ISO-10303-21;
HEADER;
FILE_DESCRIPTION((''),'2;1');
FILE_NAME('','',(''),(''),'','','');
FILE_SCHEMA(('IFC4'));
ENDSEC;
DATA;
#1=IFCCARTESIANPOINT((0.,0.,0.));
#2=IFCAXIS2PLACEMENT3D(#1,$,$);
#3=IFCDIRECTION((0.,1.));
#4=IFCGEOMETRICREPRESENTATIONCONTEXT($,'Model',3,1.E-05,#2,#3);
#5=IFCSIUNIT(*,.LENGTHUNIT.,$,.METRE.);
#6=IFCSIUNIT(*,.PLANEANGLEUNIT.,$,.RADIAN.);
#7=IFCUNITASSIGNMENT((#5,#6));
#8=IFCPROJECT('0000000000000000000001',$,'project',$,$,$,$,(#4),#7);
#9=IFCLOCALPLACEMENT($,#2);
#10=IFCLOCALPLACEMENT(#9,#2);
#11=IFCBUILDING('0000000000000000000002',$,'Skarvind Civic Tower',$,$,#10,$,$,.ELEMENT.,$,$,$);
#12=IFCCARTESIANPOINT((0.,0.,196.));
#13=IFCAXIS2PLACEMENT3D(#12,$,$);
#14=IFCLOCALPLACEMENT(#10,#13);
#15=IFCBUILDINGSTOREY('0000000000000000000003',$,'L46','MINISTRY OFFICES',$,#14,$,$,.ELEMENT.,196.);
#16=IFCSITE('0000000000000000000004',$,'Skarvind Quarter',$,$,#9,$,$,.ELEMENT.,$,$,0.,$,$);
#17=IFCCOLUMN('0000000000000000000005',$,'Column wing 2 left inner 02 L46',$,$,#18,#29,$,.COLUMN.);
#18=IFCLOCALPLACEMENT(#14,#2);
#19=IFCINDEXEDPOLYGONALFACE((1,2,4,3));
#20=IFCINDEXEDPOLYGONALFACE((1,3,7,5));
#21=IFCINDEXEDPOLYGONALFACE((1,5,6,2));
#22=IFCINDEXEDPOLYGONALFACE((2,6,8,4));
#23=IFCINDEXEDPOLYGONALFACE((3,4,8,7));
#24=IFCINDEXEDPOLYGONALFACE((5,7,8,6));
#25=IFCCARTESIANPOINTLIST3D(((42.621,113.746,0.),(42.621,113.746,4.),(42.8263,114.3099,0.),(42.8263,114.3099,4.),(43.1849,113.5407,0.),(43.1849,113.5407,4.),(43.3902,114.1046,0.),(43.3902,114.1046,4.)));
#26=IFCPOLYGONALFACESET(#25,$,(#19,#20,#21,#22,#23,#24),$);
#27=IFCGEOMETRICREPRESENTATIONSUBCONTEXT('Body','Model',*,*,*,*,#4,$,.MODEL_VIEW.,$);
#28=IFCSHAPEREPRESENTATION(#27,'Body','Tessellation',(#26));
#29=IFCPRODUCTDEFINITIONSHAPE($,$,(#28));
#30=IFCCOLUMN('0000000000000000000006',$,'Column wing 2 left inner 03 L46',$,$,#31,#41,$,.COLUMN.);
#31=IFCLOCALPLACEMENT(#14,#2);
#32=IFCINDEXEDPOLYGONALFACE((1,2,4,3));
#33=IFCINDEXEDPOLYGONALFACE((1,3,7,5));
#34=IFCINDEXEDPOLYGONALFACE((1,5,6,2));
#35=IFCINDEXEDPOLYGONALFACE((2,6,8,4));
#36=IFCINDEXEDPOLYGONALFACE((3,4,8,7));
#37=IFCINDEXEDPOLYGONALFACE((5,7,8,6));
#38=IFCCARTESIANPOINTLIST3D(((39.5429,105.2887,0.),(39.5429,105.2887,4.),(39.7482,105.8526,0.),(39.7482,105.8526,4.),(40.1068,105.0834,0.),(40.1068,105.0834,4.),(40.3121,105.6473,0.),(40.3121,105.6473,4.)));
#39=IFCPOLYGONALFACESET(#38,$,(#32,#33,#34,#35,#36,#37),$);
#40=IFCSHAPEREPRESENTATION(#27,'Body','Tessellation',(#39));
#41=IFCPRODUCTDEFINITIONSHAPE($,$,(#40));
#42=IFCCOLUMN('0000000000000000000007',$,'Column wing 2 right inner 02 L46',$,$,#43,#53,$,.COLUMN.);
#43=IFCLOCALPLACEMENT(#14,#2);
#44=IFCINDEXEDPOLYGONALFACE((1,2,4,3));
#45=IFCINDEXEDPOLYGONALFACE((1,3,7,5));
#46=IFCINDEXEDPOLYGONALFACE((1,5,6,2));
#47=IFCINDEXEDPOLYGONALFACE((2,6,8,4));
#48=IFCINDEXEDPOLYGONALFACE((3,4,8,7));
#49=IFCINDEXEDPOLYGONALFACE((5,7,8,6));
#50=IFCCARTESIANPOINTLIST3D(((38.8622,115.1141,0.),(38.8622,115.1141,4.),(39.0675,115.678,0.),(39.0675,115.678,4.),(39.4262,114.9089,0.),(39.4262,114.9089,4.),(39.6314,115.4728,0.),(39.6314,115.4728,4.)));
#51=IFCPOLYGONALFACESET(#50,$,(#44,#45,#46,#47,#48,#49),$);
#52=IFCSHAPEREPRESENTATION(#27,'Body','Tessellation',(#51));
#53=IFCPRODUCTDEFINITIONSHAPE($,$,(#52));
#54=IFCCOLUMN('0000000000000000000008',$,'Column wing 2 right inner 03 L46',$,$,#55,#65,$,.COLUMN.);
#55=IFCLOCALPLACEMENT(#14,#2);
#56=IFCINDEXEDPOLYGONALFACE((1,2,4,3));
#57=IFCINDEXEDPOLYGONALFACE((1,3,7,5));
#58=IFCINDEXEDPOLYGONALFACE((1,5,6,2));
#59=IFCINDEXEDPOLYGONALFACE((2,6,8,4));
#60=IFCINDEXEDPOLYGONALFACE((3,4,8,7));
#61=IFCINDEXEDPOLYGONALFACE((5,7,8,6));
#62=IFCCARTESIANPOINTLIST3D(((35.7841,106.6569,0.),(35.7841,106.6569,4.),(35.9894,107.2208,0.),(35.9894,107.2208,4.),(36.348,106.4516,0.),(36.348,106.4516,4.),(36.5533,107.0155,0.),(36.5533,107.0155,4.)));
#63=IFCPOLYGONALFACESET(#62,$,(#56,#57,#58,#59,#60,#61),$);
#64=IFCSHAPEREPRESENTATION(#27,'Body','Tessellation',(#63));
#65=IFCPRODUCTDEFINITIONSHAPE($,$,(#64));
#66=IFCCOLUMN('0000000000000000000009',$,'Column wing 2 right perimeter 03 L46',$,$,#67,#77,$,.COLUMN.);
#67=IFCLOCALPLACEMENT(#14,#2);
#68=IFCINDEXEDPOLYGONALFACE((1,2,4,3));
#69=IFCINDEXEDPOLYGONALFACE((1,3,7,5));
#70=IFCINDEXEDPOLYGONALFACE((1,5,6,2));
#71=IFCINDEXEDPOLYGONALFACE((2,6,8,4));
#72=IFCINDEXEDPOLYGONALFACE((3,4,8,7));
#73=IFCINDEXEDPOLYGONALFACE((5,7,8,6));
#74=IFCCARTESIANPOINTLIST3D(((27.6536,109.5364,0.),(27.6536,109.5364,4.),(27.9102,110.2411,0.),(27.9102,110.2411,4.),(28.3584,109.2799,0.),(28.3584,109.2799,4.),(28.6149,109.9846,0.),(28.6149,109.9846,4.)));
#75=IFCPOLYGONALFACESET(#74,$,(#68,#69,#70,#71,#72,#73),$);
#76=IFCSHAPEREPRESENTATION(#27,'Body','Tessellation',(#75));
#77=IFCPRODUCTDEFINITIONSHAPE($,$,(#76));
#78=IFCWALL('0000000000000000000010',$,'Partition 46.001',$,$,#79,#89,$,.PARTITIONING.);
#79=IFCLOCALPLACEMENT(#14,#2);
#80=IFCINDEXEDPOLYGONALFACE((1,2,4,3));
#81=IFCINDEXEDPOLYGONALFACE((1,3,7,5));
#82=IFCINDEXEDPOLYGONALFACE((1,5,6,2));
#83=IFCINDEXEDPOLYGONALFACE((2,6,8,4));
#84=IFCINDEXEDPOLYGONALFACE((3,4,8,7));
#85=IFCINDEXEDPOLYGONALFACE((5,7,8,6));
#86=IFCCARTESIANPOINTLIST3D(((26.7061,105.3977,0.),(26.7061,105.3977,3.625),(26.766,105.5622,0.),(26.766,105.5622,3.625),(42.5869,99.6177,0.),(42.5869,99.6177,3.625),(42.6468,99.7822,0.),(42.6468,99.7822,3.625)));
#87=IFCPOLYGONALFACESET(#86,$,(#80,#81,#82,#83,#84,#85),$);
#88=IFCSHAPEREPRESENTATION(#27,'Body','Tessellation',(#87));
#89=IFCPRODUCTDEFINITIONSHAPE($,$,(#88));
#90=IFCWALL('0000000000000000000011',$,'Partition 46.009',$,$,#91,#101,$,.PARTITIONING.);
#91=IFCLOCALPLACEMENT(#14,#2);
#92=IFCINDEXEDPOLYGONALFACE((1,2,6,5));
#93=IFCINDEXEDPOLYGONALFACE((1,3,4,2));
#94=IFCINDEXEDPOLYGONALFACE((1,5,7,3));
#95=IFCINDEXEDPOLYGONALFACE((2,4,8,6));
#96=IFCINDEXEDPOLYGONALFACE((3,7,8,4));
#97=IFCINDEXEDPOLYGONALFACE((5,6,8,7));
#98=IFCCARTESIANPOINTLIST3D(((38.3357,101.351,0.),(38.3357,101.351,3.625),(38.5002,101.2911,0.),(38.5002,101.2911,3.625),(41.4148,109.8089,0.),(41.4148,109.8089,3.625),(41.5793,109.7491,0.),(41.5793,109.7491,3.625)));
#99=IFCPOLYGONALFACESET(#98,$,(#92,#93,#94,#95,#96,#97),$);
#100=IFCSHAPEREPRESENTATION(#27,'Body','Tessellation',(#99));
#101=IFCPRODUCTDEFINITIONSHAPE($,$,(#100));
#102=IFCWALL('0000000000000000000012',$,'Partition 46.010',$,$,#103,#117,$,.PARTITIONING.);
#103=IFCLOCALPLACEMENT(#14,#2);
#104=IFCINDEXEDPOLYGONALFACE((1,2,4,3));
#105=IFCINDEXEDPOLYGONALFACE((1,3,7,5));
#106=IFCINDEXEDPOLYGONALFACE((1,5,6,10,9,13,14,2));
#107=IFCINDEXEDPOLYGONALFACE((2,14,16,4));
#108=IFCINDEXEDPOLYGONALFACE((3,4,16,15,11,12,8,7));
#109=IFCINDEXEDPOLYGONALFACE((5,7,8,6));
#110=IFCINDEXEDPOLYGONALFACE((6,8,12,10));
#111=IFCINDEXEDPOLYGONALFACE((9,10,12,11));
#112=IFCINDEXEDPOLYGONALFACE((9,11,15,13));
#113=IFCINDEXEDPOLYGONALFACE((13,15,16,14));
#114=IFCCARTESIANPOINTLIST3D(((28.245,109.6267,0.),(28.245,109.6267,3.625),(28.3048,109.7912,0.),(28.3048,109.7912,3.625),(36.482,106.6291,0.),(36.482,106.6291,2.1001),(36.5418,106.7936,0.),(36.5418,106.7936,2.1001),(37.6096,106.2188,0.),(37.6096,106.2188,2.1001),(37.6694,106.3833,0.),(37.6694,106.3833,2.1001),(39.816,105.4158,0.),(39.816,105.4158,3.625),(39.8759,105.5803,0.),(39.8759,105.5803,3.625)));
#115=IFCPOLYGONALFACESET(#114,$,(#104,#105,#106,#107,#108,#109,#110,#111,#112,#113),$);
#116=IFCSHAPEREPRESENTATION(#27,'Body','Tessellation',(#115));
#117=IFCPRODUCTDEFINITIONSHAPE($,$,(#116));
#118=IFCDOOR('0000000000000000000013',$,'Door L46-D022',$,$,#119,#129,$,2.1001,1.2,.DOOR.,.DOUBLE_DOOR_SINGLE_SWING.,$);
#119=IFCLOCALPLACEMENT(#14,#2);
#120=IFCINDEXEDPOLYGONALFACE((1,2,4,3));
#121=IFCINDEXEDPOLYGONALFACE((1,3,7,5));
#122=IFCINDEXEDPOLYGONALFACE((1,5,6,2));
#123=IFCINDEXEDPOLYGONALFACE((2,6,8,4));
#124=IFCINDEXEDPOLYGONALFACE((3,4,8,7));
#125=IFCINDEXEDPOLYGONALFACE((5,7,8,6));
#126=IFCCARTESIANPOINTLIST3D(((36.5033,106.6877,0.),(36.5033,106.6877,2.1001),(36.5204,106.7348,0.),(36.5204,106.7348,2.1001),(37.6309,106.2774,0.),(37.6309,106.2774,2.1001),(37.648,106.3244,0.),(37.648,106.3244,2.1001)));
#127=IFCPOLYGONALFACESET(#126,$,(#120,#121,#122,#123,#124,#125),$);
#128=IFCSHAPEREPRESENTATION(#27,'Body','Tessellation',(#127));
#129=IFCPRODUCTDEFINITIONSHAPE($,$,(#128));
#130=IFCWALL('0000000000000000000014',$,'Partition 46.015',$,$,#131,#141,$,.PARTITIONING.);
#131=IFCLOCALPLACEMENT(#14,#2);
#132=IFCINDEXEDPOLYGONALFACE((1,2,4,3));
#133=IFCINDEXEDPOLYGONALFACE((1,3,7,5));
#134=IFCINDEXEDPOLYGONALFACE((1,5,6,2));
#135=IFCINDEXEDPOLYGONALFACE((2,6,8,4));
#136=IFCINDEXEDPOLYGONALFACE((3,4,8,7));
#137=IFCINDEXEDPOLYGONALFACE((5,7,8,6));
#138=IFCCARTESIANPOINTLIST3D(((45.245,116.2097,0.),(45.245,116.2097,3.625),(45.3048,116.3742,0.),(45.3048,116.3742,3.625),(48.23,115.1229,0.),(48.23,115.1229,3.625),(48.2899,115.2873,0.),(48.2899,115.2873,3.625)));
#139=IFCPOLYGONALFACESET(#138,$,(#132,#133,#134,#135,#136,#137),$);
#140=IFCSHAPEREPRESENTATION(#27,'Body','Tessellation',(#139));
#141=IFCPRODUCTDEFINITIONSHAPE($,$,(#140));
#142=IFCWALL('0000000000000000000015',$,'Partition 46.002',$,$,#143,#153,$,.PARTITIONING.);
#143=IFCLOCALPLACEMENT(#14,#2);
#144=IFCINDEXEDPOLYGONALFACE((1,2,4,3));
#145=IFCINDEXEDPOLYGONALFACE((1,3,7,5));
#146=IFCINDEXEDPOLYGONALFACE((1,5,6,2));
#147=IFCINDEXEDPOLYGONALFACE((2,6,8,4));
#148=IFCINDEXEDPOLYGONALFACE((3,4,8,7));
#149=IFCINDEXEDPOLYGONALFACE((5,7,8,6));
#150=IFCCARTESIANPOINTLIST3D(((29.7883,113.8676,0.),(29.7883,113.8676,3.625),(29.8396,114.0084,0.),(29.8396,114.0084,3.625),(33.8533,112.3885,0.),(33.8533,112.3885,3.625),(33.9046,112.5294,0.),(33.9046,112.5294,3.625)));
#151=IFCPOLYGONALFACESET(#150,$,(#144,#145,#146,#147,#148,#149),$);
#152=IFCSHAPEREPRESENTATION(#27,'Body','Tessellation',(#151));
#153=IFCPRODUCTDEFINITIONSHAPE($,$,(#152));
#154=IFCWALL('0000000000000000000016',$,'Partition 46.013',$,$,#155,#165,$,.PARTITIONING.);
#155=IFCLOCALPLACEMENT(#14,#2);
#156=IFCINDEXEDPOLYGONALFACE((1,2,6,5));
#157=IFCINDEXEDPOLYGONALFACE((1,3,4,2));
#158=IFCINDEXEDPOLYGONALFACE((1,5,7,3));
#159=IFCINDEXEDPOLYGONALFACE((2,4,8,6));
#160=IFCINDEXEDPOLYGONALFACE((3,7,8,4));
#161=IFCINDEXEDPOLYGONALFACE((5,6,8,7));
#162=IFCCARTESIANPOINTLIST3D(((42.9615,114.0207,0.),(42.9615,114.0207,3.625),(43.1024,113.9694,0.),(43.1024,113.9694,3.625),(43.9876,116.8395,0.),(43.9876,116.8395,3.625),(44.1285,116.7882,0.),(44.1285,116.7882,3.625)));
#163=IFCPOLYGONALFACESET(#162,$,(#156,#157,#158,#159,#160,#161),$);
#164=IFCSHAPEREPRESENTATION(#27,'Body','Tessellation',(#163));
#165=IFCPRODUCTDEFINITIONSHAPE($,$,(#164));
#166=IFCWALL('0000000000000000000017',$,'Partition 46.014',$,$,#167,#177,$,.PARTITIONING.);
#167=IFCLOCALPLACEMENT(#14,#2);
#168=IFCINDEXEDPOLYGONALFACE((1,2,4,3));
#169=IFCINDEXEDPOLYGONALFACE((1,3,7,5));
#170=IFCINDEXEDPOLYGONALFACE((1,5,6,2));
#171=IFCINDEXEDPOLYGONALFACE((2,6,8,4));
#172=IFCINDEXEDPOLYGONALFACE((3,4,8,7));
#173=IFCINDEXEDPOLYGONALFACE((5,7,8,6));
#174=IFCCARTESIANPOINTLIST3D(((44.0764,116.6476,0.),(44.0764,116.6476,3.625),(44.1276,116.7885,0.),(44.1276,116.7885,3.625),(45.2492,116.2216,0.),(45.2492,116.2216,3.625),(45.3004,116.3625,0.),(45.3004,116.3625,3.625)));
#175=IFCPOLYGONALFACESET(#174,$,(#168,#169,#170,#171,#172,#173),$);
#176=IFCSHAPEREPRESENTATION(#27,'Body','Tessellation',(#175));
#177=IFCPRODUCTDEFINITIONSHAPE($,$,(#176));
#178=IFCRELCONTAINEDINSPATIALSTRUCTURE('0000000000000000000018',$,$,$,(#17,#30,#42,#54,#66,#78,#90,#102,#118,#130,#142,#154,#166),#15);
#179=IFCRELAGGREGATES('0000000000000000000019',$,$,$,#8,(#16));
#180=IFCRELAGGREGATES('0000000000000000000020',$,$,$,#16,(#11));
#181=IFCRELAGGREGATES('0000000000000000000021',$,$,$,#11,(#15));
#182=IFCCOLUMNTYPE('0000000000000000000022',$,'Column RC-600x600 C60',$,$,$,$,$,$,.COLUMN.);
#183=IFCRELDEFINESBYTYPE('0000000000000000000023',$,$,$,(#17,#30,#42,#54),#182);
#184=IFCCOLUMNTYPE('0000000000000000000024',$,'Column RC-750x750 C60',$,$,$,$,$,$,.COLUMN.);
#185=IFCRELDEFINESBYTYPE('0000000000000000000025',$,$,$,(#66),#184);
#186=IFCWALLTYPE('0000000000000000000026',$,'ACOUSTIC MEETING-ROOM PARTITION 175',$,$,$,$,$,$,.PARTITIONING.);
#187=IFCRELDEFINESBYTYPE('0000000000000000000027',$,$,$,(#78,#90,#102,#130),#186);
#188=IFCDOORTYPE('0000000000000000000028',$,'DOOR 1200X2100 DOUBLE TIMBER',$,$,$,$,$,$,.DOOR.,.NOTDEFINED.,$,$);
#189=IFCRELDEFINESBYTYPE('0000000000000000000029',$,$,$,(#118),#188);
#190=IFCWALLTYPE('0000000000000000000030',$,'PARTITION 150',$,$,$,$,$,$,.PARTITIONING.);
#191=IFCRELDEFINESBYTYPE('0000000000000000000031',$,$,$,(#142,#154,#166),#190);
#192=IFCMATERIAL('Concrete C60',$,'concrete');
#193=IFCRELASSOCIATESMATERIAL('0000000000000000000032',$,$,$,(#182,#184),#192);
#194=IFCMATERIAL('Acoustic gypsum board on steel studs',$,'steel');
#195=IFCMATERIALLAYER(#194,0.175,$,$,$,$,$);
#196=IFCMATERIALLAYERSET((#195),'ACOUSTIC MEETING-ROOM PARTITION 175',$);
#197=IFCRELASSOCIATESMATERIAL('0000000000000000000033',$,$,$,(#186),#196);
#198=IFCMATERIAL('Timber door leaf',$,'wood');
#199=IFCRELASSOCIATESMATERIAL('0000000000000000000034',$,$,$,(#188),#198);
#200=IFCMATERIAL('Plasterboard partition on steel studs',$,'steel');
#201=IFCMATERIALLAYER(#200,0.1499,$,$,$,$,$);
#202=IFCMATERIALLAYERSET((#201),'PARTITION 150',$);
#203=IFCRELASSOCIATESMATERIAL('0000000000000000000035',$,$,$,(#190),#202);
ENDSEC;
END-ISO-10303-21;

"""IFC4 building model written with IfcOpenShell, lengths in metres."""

from ifc_helpers import new_model, si_unit, direction, frame, frame_2d, origin, origin_2d, place, context, subcontext, project, spatial, rectangle, extrude, material, layer, layer_set, material_profile, profile_set, type_object, element, fill, save


model = new_model("IFC4")

# Units and contexts
model_context = context("Model", 3, precision=1e-05, world=origin(), true_north=direction((0.0, 1.0)))
body_context = subcontext(model_context, "Body", "Model", "MODEL_VIEW")
ifc_project = project(units=[si_unit("LENGTHUNIT", "METRE"), si_unit("PLANEANGLEUNIT", "RADIAN")], contexts=[model_context])

# Site, building, storey
site_placement = place(None, origin())
site = spatial("IfcSite", under=ifc_project, at=site_placement, Name="Skarvind Quarter", CompositionType="ELEMENT", RefElevation=0.0)
building_placement = place(site_placement, origin())
building = spatial("IfcBuilding", under=site, at=building_placement, Name="Skarvind Civic Tower", CompositionType="ELEMENT")
storey_placement = place(building_placement, frame((0.0, 0.0, 196.0)))
storey = spatial("IfcBuildingStorey", under=building, at=storey_placement, Name="L46", Description="MINISTRY OFFICES", CompositionType="ELEMENT", Elevation=196.0)

# Columns
ifc_material_1 = material(Name="Concrete C60", Category="concrete")
ifc_material_profile_1 = material_profile(ifc_material_1, rectangle(XDim=0.6001, YDim=0.6001, at=origin_2d()), Name="RC-600x600")
ifc_profile_set_1 = profile_set([ifc_material_profile_1], Name="Concrete C60")
column_type_1 = type_object("IfcColumnType", Name="Column RC-600x600 C60", PredefinedType="COLUMN", material=ifc_profile_set_1)
for number, where, z_axis, x_axis, name in (
    (1, (43.0056, 113.9253, 0.0), (0.0, 0.0, 1.0), (-0.34202, -0.939693, 0.0), "Column wing 2 left inner 02 L46"),
    (2, (39.9275, 105.468, 0.0), (0.0, 0.0, 1.0), (-0.34202, -0.939693, 0.0), "Column wing 2 left inner 03 L46"),
    (3, (39.2468, 115.2935, 0.0), (0.0, 0.0, 1.0), (-0.34202, -0.939693, 0.0), "Column wing 2 right inner 02 L46"),
    (4, (36.1687, 106.8362, 0.0), (0.0, 0.0, 1.0), (-0.34202, -0.939693, 0.0), "Column wing 2 right inner 03 L46"),
):
    element("IfcColumn", number, at=place(storey_placement, frame(where, z_axis=z_axis, x_axis=x_axis)), inside=storey, type_object=column_type_1, Name=name, PredefinedType="COLUMN", context=body_context, shape_type="SweptSolid", body=[
        extrude(rectangle(XDim=0.6001, YDim=0.6001, at=origin_2d()), origin(), (0.0, 0.0, 1.0), 4.0),
    ])
ifc_material_profile_2 = material_profile(ifc_material_1, rectangle(XDim=0.75, YDim=0.75, at=origin_2d()), Name="RC-750x750")
ifc_profile_set_2 = profile_set([ifc_material_profile_2], Name="Concrete C60")
column_type_2 = type_object("IfcColumnType", Name="Column RC-750x750 C60", PredefinedType="COLUMN", material=ifc_profile_set_2)
column_placement = place(storey_placement, frame((28.1343, 109.7605, 0.0), z_axis=(0.0, 0.0, 1.0), x_axis=(-0.34202, -0.939693, 0.0)))
element("IfcColumn", 5, at=column_placement, inside=storey, type_object=column_type_2, Name="Column wing 2 right perimeter 03 L46", PredefinedType="COLUMN", context=body_context, shape_type="SweptSolid", body=[
    extrude(rectangle(XDim=0.75, YDim=0.75, at=origin_2d()), origin(), (0.0, 0.0, 1.0), 4.0),
])

# Walls
ifc_material_2 = material(Name="Acoustic gypsum board on steel studs", Category="steel")
ifc_layer_1 = layer(ifc_material_2, 0.175)
ifc_layer_set_1 = layer_set([ifc_layer_1], Name="ACOUSTIC MEETING-ROOM PARTITION 175")
wall_type_1 = type_object("IfcWallType", Name="ACOUSTIC MEETING-ROOM PARTITION 175", PredefinedType="PARTITIONING", material=ifc_layer_set_1)
wall_1_placement = place(storey_placement, frame((26.7361, 105.48, 0.0), z_axis=(0.0, 0.0, 1.0), x_axis=(0.939695, -0.342013, 0.0)))
element("IfcWall", 6, at=wall_1_placement, inside=storey, type_object=wall_type_1, Name="Partition 46.001", PredefinedType="PARTITIONING", context=body_context, shape_type="SweptSolid", body=[
    extrude(rectangle(XDim=16.8999, YDim=0.175, at=frame_2d((8.45, 0.0))), origin(), (0.0, 0.0, 1.0), 3.625),
])
wall_2_placement = place(storey_placement, frame((38.418, 101.321, 0.0), z_axis=(0.0, 0.0, 1.0), x_axis=(0.342083, 0.93967, 0.0)))
element("IfcWall", 7, at=wall_2_placement, inside=storey, type_object=wall_type_1, Name="Partition 46.009", PredefinedType="PARTITIONING", context=body_context, shape_type="SweptSolid", body=[
    extrude(rectangle(XDim=9.001, YDim=0.175, at=frame_2d((4.5005, 0.0))), origin(), (0.0, 0.0, 1.0), 3.625),
])

# Wall, opening, door
wall_3_placement = place(storey_placement, frame((28.2749, 109.709, 0.0), z_axis=(0.0, 0.0, 1.0), x_axis=(0.939708, -0.341979, 0.0)))
wall_3 = element("IfcWall", 8, at=wall_3_placement, inside=storey, type_object=wall_type_1, Name="Partition 46.010", PredefinedType="PARTITIONING", context=body_context, shape_type="SweptSolid", body=[
    extrude(rectangle(XDim=12.3135, YDim=0.175, at=frame_2d((6.1567, 0.0))), origin(), (0.0, 0.0, 1.0), 3.625),
])
opening_placement = place(wall_3_placement, frame((8.7654, 0.0, 0.0)))
opening = element("IfcOpeningElement", 9, at=opening_placement, cuts=wall_3, PredefinedType="OPENING", context=body_context, shape_type="SweptSolid", body=[
    extrude(rectangle(XDim=1.2, YDim=2.1001, at=frame_2d((0.6001, 1.05))), frame((0.0, 0.0974, 0.0), z_axis=(0.0, -1.0, 0.0), x_axis=(1.0, 0.0, 0.0)), (0.0, 0.0, 1.0), 0.1951),
])
ifc_material_3 = material(Name="Timber door leaf", Category="wood")
door_type = type_object("IfcDoorType", Name="DOOR 1200X2100 DOUBLE TIMBER", OperationType="NOTDEFINED", PredefinedType="DOOR", material=ifc_material_3)
door_placement = place(opening_placement, origin())
door = element("IfcDoor", 10, at=door_placement, inside=storey, type_object=door_type, Name="Door L46-D022", OperationType="DOUBLE_DOOR_SINGLE_SWING", OverallHeight=2.1001, OverallWidth=1.2, PredefinedType="DOOR", context=body_context, shape_type="SweptSolid", body=[
    extrude(rectangle(XDim=1.2, YDim=2.1001, at=frame_2d((0.6001, 1.05))), frame((0.0, 0.0249, 0.0), z_axis=(0.0, -1.0, 0.0), x_axis=(1.0, 0.0, 0.0)), (0.0, 0.0, 1.0), 0.05),
])
fill(opening, door)

# Walls
wall_4_placement = place(storey_placement, frame((45.2749, 116.292, 0.0), z_axis=(0.0, 0.0, 1.0), x_axis=(0.93965, -0.342138, 0.0)))
element("IfcWall", 11, at=wall_4_placement, inside=storey, type_object=wall_type_1, Name="Partition 46.015", PredefinedType="PARTITIONING", context=body_context, shape_type="SweptSolid", body=[
    extrude(rectangle(XDim=3.1768, YDim=0.175, at=frame_2d((1.5884, 0.0))), origin(), (0.0, 0.0, 1.0), 3.625),
])
ifc_material_4 = material(Name="Plasterboard partition on steel studs", Category="steel")
ifc_layer_2 = layer(ifc_material_4, 0.1499)
ifc_layer_set_2 = layer_set([ifc_layer_2], Name="PARTITION 150")
wall_type_2 = type_object("IfcWallType", Name="PARTITION 150", PredefinedType="PARTITIONING", material=ifc_layer_set_2)
wall_5_placement = place(storey_placement, frame((29.814, 113.938, 0.0), z_axis=(0.0, 0.0, 1.0), x_axis=(0.939731, -0.341915, 0.0)))
element("IfcWall", 12, at=wall_5_placement, inside=storey, type_object=wall_type_2, Name="Partition 46.002", PredefinedType="PARTITIONING", context=body_context, shape_type="SweptSolid", body=[
    extrude(rectangle(XDim=4.3257, YDim=0.1499, at=frame_2d((2.1628, 0.0))), origin(), (0.0, 0.0, 1.0), 3.625),
])
wall_6_placement = place(storey_placement, frame((44.0581, 116.814, 0.0), z_axis=(0.0, 0.0, 1.0), x_axis=(-0.342063, -0.939677, 0.0)))
element("IfcWall", 13, at=wall_6_placement, inside=storey, type_object=wall_type_2, Name="Partition 46.013", PredefinedType="PARTITIONING", context=body_context, shape_type="SweptSolid", body=[
    extrude(rectangle(XDim=2.9998, YDim=0.1499, at=frame_2d((1.5, 0.0))), origin(), (0.0, 0.0, 1.0), 3.625),
])
wall_7_placement = place(storey_placement, frame((45.2749, 116.292, 0.0), z_axis=(0.0, 0.0, 1.0), x_axis=(-0.939913, 0.341413, 0.0)))
element("IfcWall", 14, at=wall_7_placement, inside=storey, type_object=wall_type_2, Name="Partition 46.014", PredefinedType="PARTITIONING", context=body_context, shape_type="SweptSolid", body=[
    extrude(rectangle(XDim=1.2478, YDim=0.1499, at=frame_2d((0.624, 0.0))), origin(), (0.0, 0.0, 1.0), 3.625),
])

save(model, "model.ifc")
